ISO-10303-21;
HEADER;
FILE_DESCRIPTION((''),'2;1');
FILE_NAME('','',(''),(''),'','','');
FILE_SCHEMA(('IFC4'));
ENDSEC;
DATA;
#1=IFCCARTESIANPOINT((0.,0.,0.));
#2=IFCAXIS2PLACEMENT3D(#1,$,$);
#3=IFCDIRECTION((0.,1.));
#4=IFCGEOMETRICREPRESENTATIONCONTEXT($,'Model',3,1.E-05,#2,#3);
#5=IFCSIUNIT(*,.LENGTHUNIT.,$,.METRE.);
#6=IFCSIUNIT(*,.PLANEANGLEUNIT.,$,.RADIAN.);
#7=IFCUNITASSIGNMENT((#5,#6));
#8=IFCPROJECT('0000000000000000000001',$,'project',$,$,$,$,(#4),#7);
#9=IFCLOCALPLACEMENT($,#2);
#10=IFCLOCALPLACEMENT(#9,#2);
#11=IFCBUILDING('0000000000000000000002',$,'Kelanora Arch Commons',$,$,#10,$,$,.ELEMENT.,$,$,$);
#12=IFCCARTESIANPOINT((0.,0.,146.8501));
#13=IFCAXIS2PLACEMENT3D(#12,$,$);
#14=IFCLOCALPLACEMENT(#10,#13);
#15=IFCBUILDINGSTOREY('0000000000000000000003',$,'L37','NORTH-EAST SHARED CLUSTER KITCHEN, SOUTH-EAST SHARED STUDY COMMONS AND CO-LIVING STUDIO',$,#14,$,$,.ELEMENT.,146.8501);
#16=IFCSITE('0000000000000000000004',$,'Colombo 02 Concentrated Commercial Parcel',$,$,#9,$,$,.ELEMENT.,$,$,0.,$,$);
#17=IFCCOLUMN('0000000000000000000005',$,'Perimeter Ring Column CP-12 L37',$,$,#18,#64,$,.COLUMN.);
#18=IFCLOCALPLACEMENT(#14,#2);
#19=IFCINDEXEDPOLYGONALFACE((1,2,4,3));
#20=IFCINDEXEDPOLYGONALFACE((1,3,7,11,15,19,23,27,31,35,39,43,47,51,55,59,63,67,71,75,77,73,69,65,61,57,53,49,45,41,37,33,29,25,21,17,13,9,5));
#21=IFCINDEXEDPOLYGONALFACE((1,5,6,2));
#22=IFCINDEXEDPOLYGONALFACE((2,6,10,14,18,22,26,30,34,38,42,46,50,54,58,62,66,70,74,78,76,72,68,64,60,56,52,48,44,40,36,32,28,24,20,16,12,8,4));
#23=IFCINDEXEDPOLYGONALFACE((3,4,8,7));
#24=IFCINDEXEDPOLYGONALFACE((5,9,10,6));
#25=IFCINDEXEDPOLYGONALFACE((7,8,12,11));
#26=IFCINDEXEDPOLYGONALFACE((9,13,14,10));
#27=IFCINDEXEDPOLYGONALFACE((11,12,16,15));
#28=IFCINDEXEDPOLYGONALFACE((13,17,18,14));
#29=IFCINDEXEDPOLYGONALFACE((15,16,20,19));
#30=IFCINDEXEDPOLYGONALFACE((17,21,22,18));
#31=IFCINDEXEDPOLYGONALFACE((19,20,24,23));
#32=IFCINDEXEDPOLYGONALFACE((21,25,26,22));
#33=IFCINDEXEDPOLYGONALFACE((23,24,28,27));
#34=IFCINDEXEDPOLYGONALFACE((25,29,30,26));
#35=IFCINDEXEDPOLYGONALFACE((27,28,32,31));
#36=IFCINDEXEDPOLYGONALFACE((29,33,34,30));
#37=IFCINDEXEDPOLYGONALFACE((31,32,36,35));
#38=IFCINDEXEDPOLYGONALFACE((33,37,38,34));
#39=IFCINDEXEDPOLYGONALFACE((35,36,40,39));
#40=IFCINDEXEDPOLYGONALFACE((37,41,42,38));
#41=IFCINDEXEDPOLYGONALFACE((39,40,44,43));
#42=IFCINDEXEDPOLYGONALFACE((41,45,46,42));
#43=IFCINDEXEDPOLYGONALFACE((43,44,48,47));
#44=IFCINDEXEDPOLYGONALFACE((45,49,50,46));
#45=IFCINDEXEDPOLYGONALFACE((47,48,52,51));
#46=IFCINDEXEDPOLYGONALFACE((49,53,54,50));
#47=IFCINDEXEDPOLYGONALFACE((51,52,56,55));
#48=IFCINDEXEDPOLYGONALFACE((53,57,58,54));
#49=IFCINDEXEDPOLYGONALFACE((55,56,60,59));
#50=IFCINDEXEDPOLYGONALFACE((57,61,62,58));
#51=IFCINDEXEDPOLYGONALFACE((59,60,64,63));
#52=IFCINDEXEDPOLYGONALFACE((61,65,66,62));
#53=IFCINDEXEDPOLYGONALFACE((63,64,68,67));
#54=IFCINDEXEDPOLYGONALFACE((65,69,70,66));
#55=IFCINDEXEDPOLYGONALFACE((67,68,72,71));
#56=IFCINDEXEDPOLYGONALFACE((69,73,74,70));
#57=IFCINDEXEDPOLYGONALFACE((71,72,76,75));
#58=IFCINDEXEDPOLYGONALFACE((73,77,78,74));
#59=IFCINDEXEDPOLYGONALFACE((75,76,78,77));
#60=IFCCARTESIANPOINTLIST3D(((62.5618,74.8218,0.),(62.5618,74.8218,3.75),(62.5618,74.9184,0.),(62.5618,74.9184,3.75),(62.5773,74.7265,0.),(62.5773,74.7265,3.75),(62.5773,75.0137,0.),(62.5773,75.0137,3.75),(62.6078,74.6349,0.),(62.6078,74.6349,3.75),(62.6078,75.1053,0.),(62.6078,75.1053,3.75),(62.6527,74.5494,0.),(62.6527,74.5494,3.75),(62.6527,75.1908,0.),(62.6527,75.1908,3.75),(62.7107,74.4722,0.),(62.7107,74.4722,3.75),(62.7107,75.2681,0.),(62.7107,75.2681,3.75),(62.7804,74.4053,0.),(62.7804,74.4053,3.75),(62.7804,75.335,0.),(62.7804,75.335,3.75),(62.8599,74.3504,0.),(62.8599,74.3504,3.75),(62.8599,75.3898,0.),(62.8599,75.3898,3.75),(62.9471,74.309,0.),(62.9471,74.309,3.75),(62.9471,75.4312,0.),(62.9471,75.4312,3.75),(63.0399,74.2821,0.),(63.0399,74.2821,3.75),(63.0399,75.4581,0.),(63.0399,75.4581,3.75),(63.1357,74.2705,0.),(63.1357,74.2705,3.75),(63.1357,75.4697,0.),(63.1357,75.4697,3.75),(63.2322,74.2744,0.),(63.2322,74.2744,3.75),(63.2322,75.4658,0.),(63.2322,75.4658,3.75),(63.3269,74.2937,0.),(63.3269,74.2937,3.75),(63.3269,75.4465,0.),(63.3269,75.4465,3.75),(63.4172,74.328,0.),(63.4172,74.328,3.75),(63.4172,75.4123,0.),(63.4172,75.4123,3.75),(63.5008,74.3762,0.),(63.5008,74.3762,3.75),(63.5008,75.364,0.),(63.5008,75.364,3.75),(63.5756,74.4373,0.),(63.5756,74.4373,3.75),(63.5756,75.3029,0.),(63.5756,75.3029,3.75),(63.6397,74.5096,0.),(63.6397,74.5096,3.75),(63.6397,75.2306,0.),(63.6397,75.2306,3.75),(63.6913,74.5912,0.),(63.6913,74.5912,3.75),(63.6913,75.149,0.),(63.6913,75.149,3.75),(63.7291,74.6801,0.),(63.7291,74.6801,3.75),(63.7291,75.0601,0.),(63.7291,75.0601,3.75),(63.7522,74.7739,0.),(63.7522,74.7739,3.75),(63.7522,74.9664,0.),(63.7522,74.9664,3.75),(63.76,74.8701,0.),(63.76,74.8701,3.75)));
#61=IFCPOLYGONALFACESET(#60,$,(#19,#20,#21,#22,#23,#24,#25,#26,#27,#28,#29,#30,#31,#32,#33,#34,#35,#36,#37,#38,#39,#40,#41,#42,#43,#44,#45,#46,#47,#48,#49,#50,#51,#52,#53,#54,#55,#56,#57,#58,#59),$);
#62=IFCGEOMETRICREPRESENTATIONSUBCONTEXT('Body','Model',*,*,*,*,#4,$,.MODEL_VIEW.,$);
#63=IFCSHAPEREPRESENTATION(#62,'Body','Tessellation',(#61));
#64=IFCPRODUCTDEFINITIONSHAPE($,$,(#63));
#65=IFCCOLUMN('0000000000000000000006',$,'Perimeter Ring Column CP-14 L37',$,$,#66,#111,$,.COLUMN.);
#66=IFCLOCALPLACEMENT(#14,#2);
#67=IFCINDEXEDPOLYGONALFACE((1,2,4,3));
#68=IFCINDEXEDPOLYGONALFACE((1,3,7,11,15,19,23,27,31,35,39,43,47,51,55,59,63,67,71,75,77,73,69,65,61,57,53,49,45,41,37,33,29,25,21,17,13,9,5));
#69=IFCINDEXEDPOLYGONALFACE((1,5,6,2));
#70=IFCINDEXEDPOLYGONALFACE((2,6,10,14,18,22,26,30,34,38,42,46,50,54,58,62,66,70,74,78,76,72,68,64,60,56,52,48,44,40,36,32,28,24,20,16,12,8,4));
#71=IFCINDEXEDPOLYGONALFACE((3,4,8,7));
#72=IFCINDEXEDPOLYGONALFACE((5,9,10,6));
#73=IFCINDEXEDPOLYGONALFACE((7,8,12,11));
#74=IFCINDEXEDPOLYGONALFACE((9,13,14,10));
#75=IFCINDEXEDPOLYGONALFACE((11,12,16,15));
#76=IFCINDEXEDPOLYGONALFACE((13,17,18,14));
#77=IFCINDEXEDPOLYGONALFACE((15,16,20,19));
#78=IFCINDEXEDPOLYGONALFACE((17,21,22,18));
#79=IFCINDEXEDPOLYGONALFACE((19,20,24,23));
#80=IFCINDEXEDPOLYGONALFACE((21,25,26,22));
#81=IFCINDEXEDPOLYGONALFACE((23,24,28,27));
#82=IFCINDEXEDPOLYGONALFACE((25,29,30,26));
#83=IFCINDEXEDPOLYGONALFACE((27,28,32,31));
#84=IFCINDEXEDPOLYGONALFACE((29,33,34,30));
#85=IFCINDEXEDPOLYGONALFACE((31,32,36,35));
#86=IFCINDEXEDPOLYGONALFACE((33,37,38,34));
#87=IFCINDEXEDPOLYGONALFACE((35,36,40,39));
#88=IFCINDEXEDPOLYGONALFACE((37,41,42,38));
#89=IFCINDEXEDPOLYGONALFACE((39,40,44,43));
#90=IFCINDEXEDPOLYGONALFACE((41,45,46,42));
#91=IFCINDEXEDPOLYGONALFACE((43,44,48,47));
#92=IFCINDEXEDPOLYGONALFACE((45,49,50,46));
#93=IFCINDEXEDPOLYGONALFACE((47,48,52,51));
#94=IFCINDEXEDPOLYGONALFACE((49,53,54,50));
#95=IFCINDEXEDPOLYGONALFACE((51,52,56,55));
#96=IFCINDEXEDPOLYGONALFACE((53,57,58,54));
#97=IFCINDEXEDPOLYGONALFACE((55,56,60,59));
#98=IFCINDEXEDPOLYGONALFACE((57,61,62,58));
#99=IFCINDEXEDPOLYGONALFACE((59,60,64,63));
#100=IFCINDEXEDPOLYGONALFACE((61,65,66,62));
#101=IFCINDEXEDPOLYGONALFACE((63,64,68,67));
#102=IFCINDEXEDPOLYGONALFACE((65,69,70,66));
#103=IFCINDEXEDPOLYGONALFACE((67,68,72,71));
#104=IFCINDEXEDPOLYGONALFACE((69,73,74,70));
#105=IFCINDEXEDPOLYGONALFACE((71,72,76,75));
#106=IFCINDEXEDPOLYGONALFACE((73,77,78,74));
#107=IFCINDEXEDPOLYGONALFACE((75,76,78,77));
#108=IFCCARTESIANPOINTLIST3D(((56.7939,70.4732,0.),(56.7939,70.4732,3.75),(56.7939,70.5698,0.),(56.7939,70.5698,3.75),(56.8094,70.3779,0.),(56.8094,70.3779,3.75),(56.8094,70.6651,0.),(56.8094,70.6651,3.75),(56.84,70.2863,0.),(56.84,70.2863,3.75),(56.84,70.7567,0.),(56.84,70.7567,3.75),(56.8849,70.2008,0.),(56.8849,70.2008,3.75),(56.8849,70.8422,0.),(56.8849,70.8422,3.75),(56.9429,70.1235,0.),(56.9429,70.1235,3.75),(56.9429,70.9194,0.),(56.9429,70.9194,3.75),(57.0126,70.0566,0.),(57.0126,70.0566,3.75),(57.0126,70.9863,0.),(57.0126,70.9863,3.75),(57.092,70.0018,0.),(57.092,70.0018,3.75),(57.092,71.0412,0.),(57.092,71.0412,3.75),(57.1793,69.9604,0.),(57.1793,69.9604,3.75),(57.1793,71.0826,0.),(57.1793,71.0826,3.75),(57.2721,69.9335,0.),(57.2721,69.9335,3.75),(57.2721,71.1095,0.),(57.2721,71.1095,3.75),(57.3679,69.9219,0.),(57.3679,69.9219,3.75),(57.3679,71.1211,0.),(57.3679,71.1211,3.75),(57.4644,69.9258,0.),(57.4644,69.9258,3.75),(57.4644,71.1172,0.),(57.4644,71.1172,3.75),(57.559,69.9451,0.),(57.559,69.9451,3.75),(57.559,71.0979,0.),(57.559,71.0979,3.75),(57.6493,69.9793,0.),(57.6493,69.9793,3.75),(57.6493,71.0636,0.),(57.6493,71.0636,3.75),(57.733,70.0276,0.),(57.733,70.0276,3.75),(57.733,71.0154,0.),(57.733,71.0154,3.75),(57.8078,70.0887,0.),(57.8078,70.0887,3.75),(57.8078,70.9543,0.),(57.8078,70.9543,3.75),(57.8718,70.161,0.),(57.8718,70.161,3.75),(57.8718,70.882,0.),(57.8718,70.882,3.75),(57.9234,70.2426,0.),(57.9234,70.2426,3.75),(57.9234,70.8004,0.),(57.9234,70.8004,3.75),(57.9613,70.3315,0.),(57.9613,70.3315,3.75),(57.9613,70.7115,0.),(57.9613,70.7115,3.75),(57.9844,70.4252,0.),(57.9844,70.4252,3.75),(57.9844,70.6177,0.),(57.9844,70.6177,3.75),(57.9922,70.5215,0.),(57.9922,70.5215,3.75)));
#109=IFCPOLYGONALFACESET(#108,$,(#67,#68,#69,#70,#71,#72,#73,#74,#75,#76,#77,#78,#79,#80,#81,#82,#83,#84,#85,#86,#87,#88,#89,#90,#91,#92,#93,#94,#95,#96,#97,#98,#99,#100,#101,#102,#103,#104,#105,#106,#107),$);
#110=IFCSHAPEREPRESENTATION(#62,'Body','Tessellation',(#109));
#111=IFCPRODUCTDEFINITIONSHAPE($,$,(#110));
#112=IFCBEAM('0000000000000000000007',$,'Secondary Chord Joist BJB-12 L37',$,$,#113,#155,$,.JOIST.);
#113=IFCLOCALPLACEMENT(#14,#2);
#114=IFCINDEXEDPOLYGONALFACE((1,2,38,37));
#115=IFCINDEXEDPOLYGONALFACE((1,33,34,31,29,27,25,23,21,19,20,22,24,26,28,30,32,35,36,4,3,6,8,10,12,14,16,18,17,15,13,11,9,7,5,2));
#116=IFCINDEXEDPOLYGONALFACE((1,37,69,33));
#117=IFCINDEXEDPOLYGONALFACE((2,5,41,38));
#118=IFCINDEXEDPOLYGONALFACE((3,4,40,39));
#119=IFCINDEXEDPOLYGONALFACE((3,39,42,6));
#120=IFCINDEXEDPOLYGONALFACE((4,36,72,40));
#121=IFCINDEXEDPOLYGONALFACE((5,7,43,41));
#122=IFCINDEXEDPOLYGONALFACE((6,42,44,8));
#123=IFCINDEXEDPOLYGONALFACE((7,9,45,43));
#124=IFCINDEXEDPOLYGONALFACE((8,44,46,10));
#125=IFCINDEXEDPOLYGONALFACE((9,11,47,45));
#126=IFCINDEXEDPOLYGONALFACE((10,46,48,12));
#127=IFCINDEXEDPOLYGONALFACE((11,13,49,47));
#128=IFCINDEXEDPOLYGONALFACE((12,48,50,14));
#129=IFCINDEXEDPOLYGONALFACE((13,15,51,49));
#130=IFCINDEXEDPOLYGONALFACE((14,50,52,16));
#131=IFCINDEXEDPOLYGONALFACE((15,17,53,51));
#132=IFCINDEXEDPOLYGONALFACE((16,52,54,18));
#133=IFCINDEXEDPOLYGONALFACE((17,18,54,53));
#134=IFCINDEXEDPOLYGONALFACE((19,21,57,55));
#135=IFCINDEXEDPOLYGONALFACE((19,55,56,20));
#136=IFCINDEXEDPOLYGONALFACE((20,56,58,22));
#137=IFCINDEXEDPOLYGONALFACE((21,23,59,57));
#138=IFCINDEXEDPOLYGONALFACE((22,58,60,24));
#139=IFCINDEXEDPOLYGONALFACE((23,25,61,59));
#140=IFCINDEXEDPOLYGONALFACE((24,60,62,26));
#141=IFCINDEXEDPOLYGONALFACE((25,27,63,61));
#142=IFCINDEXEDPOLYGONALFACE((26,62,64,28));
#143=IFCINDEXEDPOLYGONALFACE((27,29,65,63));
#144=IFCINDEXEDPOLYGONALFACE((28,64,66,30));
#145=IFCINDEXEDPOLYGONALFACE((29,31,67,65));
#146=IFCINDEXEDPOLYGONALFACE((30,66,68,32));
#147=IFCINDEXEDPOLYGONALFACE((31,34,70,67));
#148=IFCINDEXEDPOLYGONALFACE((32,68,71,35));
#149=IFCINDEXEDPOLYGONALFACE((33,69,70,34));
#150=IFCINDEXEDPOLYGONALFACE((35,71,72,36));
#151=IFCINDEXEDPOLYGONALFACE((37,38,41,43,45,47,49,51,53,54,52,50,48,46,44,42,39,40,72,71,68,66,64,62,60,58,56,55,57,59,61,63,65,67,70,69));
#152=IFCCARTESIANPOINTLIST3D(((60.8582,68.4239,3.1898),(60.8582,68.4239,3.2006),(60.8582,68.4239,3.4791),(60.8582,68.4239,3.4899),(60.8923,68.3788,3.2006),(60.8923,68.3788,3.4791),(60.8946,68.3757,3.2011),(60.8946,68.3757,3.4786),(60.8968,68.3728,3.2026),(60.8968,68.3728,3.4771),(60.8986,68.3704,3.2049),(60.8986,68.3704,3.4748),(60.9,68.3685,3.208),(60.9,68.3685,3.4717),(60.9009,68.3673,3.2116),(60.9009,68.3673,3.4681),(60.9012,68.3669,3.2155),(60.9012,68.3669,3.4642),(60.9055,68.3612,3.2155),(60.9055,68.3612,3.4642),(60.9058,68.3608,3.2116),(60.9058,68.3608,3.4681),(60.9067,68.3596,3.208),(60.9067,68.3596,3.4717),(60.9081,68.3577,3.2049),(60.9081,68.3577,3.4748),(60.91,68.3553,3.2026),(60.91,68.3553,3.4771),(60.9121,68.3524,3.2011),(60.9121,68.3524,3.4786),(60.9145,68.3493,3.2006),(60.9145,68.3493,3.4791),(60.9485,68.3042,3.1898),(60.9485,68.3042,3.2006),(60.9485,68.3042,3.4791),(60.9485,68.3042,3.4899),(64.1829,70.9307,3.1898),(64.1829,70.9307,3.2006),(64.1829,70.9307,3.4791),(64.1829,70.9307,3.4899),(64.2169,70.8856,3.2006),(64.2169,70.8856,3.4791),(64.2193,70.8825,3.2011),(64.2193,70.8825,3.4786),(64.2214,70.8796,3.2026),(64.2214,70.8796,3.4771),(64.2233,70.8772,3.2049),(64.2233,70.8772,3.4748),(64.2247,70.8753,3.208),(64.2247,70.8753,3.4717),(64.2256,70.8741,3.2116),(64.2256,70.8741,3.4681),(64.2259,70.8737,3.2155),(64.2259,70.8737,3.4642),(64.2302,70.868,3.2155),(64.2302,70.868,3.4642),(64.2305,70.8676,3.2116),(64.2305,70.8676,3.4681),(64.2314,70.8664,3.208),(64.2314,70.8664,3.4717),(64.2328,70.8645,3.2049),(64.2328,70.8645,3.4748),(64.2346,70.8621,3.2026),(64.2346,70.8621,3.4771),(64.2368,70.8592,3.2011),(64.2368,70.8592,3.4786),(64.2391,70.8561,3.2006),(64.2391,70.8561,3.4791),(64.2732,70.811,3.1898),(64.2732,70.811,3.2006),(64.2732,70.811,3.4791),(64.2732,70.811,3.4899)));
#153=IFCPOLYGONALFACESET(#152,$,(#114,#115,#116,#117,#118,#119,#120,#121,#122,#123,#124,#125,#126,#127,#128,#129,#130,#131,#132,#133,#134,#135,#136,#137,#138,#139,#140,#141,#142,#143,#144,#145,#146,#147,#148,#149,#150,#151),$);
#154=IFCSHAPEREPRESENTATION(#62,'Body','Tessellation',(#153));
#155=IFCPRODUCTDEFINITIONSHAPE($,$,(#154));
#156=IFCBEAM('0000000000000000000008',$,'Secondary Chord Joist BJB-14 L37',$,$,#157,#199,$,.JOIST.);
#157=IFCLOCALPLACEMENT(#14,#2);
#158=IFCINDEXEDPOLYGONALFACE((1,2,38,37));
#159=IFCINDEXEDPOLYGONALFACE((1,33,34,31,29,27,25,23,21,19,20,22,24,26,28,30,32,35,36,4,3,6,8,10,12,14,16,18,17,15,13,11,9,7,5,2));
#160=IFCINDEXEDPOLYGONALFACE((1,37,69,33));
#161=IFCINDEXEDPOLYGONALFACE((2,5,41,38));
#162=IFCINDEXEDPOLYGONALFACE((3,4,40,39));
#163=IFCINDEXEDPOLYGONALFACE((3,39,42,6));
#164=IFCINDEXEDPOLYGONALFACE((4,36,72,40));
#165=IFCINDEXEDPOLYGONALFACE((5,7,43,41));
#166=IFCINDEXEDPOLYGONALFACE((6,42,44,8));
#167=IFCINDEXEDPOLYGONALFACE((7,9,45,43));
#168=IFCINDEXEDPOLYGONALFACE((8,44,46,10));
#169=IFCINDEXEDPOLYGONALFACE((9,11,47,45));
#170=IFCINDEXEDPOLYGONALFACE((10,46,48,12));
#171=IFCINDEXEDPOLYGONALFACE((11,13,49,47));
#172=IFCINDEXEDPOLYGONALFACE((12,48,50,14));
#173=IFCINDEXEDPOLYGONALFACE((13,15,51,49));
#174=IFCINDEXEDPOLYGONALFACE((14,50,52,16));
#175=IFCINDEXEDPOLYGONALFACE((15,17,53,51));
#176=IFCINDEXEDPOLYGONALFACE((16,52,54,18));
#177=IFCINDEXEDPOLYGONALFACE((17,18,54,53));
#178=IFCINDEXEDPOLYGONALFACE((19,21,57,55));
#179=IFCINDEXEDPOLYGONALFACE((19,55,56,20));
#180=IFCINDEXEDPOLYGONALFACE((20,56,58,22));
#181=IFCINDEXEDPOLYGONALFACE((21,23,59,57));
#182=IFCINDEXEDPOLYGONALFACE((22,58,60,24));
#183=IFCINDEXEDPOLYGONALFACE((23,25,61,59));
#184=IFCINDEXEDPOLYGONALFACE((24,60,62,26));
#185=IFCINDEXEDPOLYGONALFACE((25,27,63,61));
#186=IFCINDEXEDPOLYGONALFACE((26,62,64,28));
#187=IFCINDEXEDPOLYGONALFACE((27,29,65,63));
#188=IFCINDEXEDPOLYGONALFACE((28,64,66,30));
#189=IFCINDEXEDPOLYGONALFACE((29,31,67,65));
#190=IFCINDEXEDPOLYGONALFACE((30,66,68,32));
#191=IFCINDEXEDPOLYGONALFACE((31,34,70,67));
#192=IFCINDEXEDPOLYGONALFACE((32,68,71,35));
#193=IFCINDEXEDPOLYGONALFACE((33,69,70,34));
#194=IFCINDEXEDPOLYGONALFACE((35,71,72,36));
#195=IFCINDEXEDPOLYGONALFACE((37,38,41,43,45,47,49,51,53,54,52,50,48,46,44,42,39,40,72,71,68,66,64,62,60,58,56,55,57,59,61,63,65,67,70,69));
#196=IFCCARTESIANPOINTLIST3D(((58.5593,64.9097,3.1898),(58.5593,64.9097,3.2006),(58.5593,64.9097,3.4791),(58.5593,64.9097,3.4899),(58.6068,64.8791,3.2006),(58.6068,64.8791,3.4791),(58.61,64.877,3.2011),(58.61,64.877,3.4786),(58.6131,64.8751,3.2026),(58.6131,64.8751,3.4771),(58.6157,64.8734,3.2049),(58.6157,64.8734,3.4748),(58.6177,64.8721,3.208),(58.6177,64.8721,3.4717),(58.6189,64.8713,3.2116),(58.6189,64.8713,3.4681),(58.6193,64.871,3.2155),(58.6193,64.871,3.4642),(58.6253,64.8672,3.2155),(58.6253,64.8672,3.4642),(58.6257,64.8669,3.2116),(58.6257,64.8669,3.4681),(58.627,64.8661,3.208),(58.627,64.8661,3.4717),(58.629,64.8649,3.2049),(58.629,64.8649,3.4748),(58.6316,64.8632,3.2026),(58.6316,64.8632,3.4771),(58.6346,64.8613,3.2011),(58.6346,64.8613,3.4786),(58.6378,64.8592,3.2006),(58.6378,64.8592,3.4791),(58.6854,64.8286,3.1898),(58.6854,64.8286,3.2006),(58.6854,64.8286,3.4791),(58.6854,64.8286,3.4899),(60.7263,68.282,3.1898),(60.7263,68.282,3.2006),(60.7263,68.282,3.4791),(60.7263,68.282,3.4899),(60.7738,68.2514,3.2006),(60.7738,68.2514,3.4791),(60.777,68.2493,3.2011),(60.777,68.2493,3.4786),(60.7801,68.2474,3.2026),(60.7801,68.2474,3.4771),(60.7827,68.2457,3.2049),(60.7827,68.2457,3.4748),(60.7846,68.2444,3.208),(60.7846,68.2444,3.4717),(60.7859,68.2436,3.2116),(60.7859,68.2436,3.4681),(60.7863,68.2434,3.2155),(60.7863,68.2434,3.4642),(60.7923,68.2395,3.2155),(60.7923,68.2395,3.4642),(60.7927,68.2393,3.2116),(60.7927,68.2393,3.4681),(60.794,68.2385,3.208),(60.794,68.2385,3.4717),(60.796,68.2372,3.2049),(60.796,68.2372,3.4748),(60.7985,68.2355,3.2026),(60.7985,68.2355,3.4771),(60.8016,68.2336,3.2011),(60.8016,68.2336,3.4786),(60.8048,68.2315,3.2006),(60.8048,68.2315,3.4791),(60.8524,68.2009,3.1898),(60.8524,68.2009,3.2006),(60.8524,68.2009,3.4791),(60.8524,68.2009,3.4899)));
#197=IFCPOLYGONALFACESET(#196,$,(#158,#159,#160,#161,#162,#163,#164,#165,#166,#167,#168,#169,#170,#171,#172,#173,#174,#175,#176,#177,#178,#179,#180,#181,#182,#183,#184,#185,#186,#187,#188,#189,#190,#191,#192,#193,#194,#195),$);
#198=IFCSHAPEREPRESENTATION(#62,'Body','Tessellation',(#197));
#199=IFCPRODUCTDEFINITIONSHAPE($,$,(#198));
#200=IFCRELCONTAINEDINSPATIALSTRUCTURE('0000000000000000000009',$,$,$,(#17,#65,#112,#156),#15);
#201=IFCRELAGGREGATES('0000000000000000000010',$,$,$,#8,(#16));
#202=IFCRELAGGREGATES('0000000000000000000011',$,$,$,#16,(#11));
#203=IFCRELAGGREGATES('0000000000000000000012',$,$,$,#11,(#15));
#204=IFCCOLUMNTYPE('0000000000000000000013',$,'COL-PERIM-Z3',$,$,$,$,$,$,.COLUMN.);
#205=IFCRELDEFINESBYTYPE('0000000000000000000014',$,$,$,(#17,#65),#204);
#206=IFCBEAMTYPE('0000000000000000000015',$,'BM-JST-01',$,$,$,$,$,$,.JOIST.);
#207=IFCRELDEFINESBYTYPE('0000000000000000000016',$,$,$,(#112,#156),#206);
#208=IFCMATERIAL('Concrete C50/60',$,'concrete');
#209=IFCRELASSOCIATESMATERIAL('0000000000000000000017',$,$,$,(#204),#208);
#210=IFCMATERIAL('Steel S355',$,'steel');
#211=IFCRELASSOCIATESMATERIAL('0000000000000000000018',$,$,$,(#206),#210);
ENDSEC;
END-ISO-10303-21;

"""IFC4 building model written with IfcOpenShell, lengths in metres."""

from ifc_helpers import new_model, si_unit, direction, frame, origin, origin_2d, place, context, subcontext, project, spatial, circle, i_section, extrude, material, material_profile, profile_set, type_object, element, save


model = new_model("IFC4")

# Units and contexts
model_context = context("Model", 3, precision=1e-05, world=origin(), true_north=direction((0.0, 1.0)))
body_context = subcontext(model_context, "Body", "Model", "MODEL_VIEW")
ifc_project = project(units=[si_unit("LENGTHUNIT", "METRE"), si_unit("PLANEANGLEUNIT", "RADIAN")], contexts=[model_context])

# Site, building, storey
site_placement = place(None, origin())
site = spatial("IfcSite", under=ifc_project, at=site_placement, Name="Colombo 02 Concentrated Commercial Parcel", CompositionType="ELEMENT", RefElevation=0.0)
building_placement = place(site_placement, origin())
building = spatial("IfcBuilding", under=site, at=building_placement, Name="Kelanora Arch Commons", CompositionType="ELEMENT")
storey_placement = place(building_placement, frame((0.0, 0.0, 146.8501)))
storey = spatial("IfcBuildingStorey", under=building, at=storey_placement, Name="L37", Description="NORTH-EAST SHARED CLUSTER KITCHEN, SOUTH-EAST SHARED STUDY COMMONS AND CO-LIVING STUDIO", CompositionType="ELEMENT", Elevation=146.8501)

# Columns
ifc_material_1 = material(Name="Concrete C50/60", Category="concrete")
ifc_material_profile_1 = material_profile(ifc_material_1, circle(Radius=0.6001, at=origin_2d()), Name="RCC1200")
ifc_profile_set_1 = profile_set([ifc_material_profile_1], Name="Concrete C50/60")
column_type = type_object("IfcColumnType", Name="COL-PERIM-Z3", PredefinedType="COLUMN", material=ifc_profile_set_1)
for number, where, z_axis, x_axis, name in (
    (1, (63.1599, 74.8701, 0.0), (0.0, 0.0, 1.0), (1.0, 0.0, 0.0), "Perimeter Ring Column CP-12 L37"),
    (2, (57.3921, 70.5215, 0.0), (0.0, 0.0, 1.0), (1.0, 0.0, 0.0), "Perimeter Ring Column CP-14 L37"),
):
    element("IfcColumn", number, at=place(storey_placement, frame(where, z_axis=z_axis, x_axis=x_axis)), inside=storey, type_object=column_type, Name=name, PredefinedType="COLUMN", context=body_context, shape_type="SweptSolid", body=[
        extrude(circle(Radius=0.6001, at=origin_2d()), origin(), (0.0, 0.0, 1.0), 3.75),
    ])

# Beams
ifc_material_2 = material(Name="Steel S355", Category="steel")
ifc_material_profile_2 = material_profile(ifc_material_2, i_section(OverallWidth=0.1499, OverallDepth=0.3, WebThickness=0.0071, FlangeThickness=0.0107, FilletRadius=0.0149, at=origin_2d()), Name="IPE300")
ifc_profile_set_2 = profile_set([ifc_material_profile_2], Name="Steel S355")
beam_type_1 = type_object("IfcBeamType", Name="BM-JST-01", PredefinedType="JOIST", material=ifc_profile_set_2)
beam_1_placement = place(storey_placement, frame((64.228, 70.8708, 3.3398), z_axis=(-0.798464, -0.602043, 0.0), x_axis=(0.602043, -0.798464, 0.0)))
element("IfcBeam", 3, at=beam_1_placement, inside=storey, type_object=beam_type_1, Name="Secondary Chord Joist BJB-12 L37", PredefinedType="JOIST", context=body_context, shape_type="SweptSolid", body=[
    extrude(i_section(OverallWidth=0.1499, OverallDepth=0.3, WebThickness=0.0071, FlangeThickness=0.0107, FilletRadius=0.0149, at=origin_2d()), origin(), (0.0, 0.0, 1.0), 4.1638),
])
beam_2_placement = place(storey_placement, frame((60.7893, 68.2415, 3.3398), z_axis=(-0.540594, -0.841283, 0.0), x_axis=(0.841283, -0.540594, 0.0)))
element("IfcBeam", 4, at=beam_2_placement, inside=storey, type_object=beam_type_1, Name="Secondary Chord Joist BJB-14 L37", PredefinedType="JOIST", context=body_context, shape_type="SweptSolid", body=[
    extrude(i_section(OverallWidth=0.1499, OverallDepth=0.3, WebThickness=0.0071, FlangeThickness=0.0107, FilletRadius=0.0149, at=origin_2d()), origin(), (0.0, 0.0, 1.0), 4.0085),
])

save(model, "model.ifc")
